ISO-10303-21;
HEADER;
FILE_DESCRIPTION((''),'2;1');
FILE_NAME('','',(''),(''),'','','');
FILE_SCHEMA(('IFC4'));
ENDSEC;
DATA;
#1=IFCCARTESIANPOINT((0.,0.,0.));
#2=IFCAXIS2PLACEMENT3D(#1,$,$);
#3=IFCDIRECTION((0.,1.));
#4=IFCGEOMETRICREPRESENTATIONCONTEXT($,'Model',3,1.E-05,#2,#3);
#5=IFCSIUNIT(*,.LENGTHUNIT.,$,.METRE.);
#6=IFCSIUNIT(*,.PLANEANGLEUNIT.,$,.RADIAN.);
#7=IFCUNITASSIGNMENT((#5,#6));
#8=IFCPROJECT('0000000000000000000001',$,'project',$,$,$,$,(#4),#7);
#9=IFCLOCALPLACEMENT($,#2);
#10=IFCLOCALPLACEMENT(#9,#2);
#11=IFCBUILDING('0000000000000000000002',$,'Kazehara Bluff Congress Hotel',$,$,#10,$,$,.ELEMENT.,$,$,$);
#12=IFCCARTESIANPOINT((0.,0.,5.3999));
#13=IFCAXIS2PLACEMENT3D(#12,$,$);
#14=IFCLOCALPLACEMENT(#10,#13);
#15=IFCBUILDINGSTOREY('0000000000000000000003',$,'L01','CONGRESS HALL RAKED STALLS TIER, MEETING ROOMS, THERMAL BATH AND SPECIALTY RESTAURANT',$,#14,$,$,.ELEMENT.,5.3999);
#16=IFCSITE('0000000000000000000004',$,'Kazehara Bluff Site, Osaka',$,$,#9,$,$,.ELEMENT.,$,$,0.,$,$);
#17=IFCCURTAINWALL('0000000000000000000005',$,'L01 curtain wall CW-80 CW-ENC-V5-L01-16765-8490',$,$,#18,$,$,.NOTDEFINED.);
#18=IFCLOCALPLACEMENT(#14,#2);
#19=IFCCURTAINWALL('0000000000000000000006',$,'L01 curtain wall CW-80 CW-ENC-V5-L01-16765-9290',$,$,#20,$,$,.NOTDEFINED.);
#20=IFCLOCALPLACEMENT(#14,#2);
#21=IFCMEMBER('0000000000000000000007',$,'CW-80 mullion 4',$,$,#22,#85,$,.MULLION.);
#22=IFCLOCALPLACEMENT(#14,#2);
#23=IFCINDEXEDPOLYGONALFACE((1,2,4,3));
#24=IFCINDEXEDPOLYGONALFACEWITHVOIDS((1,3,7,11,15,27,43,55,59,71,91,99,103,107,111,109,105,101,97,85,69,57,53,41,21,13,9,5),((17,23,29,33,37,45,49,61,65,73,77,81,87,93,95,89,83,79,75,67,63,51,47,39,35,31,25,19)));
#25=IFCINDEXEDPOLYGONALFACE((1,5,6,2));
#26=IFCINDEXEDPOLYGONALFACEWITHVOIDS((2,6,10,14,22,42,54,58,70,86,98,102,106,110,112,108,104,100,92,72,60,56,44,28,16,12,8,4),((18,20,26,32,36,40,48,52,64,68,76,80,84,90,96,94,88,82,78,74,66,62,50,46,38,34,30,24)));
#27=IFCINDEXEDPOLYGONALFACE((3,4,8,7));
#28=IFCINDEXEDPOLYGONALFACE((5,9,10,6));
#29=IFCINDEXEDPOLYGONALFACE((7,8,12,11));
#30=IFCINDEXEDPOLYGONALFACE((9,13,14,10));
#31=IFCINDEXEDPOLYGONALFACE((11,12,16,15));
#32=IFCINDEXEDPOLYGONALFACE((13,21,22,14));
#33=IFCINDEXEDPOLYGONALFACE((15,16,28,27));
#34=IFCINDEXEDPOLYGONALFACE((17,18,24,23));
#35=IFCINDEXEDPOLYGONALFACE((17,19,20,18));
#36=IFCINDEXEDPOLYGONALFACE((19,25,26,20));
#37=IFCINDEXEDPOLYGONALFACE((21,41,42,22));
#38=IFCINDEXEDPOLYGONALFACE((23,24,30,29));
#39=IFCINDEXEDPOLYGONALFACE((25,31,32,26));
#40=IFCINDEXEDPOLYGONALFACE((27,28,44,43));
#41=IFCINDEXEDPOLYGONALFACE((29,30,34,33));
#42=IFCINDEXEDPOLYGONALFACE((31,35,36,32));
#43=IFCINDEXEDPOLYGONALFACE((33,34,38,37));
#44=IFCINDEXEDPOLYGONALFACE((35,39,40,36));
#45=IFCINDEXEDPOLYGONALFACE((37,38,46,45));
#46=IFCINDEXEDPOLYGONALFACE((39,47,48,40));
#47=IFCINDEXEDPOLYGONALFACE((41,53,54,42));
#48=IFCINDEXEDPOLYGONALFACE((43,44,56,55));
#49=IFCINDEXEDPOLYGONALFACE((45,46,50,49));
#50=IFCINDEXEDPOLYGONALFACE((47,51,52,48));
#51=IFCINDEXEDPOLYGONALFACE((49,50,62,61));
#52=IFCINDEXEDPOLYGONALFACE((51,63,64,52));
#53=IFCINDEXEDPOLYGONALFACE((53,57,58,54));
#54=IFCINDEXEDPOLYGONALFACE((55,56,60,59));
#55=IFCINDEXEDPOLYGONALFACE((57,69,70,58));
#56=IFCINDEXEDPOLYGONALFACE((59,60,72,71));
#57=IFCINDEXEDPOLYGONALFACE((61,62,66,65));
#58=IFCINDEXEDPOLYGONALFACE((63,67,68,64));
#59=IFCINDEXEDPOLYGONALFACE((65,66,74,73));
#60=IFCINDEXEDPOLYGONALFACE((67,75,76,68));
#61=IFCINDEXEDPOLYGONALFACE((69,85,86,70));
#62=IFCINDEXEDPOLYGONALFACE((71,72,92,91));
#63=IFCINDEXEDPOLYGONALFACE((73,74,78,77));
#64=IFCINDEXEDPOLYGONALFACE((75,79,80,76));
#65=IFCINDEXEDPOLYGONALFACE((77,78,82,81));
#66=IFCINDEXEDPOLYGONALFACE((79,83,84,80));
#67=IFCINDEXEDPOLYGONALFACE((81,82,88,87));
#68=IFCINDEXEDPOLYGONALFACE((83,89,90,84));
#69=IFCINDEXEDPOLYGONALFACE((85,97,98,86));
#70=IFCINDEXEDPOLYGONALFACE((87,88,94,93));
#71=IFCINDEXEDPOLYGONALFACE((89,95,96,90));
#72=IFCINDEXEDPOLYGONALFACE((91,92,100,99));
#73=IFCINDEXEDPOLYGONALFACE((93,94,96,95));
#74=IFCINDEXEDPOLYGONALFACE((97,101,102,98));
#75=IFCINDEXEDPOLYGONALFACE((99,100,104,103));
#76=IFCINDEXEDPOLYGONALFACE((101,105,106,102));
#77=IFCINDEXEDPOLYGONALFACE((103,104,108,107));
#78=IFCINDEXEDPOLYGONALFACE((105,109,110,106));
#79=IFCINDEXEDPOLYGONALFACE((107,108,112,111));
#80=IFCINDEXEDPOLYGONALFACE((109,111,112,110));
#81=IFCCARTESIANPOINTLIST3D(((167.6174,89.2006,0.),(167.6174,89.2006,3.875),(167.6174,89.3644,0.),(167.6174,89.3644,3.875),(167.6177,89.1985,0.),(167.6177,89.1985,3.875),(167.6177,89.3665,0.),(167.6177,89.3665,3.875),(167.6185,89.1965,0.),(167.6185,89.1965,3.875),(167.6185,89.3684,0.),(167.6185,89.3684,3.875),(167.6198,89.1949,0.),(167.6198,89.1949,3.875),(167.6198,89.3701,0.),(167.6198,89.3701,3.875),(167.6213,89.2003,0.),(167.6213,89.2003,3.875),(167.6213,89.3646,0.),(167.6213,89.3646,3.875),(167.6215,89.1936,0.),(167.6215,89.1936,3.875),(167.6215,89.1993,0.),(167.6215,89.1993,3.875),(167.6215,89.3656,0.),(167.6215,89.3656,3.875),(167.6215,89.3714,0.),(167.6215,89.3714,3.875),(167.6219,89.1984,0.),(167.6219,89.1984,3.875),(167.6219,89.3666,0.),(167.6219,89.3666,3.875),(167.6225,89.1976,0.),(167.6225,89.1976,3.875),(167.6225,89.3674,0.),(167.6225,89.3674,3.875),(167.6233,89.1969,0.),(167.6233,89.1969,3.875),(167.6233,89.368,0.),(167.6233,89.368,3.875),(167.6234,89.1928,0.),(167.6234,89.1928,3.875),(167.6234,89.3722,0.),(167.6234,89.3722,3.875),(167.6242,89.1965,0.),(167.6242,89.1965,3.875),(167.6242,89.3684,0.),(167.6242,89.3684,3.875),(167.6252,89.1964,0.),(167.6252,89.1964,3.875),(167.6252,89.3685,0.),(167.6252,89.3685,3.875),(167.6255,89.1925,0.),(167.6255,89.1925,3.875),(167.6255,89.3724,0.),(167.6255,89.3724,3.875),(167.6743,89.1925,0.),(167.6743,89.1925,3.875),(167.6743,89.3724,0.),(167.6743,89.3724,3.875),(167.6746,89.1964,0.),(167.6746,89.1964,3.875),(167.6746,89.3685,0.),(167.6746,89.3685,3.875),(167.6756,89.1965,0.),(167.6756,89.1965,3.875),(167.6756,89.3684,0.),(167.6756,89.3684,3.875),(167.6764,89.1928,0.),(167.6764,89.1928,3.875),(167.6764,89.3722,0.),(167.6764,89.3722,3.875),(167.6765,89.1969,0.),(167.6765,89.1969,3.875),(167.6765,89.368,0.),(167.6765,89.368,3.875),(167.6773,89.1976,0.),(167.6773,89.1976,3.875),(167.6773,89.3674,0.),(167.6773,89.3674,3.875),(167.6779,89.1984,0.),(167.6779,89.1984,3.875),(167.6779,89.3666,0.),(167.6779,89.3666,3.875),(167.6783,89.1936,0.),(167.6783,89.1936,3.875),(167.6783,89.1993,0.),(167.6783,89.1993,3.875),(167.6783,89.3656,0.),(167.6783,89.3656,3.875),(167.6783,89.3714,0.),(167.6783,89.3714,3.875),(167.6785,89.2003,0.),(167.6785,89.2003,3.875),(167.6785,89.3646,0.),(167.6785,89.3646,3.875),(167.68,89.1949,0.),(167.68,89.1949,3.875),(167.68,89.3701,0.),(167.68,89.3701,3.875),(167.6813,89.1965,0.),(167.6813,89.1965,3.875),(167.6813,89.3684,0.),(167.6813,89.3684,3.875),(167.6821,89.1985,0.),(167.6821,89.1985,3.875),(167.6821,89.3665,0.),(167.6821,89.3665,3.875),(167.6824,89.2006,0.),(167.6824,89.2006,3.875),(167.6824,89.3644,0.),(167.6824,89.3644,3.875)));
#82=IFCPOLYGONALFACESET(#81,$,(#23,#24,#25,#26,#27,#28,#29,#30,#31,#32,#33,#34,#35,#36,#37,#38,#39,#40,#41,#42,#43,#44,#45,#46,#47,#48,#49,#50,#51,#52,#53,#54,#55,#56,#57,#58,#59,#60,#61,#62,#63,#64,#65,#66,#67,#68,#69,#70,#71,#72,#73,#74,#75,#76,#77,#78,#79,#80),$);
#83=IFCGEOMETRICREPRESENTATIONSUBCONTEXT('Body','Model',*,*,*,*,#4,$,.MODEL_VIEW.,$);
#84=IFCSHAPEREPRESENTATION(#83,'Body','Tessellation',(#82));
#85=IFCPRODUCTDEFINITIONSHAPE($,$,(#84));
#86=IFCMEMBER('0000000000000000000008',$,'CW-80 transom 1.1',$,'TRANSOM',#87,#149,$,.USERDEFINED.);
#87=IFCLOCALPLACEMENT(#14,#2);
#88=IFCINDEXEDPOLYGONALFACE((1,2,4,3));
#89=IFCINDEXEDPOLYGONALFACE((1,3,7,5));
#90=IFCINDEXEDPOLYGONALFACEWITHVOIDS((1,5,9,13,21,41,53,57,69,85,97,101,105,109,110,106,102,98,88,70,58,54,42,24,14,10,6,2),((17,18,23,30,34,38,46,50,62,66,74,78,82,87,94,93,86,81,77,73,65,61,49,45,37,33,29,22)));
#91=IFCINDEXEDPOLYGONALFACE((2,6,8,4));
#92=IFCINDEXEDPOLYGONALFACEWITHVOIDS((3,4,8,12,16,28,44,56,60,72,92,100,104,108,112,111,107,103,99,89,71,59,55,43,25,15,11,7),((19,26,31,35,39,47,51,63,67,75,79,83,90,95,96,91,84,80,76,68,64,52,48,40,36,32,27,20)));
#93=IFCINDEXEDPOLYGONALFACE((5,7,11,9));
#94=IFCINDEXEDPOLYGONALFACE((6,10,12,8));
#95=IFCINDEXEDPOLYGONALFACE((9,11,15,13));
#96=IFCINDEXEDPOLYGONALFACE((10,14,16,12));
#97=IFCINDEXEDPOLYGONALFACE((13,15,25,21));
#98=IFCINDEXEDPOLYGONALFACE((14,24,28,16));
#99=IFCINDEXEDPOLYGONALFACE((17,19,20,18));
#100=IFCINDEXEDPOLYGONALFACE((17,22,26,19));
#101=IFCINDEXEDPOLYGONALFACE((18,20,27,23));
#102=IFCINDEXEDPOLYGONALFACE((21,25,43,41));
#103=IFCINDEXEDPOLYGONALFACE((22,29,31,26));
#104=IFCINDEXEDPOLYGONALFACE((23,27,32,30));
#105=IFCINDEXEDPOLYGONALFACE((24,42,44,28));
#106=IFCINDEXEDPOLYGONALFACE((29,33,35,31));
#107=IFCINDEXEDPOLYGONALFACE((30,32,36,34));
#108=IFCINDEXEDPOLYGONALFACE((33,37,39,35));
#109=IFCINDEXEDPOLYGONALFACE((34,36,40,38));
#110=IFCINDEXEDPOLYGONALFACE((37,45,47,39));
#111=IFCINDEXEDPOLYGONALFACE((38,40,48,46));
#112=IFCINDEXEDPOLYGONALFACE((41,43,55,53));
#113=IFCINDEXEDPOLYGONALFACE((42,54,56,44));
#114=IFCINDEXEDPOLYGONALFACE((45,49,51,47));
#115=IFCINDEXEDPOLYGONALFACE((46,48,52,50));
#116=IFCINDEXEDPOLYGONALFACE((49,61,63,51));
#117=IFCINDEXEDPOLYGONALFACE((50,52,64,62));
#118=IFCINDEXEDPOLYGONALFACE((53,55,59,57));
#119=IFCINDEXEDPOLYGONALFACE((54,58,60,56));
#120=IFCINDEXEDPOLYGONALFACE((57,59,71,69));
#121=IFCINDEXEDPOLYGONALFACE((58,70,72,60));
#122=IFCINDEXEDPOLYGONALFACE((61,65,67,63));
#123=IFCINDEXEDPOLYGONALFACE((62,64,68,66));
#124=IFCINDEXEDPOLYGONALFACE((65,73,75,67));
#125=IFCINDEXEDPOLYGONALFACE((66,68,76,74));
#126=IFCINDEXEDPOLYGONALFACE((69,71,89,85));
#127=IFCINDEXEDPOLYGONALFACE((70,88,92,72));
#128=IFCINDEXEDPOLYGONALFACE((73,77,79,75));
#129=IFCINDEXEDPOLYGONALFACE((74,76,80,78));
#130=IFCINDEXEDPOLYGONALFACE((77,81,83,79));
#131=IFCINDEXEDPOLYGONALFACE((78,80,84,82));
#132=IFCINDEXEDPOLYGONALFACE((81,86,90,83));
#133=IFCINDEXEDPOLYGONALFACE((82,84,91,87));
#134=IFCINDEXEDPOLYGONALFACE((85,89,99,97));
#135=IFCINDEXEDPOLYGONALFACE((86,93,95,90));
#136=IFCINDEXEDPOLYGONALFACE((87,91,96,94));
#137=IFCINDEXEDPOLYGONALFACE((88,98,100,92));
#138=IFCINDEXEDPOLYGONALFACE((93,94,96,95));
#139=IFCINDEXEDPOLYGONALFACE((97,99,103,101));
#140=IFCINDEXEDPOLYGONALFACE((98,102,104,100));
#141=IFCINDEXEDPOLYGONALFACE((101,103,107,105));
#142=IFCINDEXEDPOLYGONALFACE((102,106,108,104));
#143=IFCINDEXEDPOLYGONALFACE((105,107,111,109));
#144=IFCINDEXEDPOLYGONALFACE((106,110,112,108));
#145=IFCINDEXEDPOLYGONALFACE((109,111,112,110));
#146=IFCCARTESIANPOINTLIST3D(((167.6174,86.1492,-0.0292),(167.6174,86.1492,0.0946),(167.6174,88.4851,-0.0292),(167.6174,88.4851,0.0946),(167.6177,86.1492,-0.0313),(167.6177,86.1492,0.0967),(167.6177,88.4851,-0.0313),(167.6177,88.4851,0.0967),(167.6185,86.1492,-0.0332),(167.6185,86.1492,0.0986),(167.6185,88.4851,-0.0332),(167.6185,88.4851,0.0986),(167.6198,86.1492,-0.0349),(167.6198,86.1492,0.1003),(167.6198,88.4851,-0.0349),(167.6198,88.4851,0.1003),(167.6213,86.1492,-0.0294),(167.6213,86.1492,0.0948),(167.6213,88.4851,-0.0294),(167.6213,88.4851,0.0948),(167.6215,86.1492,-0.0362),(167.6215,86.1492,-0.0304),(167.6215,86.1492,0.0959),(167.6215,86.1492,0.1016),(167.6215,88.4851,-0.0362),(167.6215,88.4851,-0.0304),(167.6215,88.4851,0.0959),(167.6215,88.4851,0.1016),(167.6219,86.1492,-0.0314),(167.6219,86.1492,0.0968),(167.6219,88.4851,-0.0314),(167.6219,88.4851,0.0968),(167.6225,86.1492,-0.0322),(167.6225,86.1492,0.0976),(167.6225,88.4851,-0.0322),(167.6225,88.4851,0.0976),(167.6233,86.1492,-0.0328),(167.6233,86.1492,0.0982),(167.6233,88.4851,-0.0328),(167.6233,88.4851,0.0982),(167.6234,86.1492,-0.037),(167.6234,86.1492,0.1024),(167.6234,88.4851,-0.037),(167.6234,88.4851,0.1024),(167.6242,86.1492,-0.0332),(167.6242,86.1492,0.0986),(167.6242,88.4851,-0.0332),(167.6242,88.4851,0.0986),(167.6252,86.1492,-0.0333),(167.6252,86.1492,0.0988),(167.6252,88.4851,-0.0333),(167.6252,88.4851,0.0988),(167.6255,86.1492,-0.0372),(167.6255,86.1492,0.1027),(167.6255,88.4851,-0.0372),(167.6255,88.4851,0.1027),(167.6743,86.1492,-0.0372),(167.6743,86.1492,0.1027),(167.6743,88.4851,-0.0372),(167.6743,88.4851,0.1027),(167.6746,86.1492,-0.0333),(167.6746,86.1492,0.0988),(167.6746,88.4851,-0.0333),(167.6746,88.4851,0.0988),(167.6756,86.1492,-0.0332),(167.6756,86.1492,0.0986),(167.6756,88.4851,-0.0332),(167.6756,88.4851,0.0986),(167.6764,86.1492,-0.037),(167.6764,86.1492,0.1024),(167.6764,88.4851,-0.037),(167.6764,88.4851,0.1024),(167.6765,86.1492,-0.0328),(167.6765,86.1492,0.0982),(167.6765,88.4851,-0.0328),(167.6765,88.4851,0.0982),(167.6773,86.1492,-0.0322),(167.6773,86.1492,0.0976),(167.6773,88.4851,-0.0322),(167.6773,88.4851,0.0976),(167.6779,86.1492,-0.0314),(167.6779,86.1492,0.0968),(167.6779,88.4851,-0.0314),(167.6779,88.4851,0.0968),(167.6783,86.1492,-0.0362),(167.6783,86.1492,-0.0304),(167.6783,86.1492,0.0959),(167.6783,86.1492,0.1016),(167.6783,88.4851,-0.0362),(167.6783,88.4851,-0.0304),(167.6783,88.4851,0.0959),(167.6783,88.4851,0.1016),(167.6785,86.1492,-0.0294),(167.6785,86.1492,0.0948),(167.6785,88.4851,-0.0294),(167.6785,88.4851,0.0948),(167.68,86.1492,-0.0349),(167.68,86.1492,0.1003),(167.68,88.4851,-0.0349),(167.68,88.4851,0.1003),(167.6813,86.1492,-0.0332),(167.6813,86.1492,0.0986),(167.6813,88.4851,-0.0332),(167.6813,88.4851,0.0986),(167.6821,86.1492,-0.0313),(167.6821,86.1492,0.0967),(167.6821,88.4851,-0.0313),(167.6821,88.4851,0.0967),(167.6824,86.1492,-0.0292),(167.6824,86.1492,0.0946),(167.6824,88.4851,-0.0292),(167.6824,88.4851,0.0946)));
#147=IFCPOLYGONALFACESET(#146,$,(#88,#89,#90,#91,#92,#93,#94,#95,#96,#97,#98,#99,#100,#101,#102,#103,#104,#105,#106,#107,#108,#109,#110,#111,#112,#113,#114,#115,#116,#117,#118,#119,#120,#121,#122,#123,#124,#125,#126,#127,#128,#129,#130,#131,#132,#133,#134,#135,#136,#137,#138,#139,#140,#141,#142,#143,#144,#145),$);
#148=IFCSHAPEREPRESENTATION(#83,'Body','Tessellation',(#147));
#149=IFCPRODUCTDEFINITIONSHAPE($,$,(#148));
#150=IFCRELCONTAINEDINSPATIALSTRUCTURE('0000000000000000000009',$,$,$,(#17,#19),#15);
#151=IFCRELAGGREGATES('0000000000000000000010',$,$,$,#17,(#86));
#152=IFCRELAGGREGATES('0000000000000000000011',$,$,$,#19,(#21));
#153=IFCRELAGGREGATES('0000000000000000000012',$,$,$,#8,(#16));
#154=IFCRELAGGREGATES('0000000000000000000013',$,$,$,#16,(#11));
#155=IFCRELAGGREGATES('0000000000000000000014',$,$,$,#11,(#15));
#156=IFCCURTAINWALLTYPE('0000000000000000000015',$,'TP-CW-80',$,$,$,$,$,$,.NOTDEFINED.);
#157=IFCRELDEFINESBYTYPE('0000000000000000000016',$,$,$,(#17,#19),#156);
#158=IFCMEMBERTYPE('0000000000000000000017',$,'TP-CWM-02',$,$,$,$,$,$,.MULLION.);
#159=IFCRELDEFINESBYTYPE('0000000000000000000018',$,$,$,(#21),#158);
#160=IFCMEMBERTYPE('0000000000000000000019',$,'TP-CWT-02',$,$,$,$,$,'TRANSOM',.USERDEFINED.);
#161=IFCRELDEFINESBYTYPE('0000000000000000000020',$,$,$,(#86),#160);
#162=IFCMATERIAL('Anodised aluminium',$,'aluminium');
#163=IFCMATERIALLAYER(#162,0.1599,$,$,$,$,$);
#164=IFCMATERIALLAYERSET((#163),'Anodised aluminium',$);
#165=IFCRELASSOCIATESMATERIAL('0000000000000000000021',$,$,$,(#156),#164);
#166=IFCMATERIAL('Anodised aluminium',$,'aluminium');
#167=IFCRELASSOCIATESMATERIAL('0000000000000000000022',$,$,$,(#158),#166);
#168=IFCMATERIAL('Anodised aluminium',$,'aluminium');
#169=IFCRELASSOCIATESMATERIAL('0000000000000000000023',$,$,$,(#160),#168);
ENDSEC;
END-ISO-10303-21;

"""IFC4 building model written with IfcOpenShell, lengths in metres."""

from ifc_helpers import new_model, si_unit, direction, frame, origin, origin_2d, place, context, subcontext, project, spatial, hollow_rectangle, extrude, material, layer, layer_set, material_profile, profile_set, type_object, element, aggregate, save


model = new_model("IFC4")

# Units and contexts
model_context = context("Model", 3, precision=1e-05, world=origin(), true_north=direction((0.0, 1.0)))
body_context = subcontext(model_context, "Body", "Model", "MODEL_VIEW")
ifc_project = project(units=[si_unit("LENGTHUNIT", "METRE"), si_unit("PLANEANGLEUNIT", "RADIAN")], contexts=[model_context])

# Site, building, storey
site_placement = place(None, origin())
site = spatial("IfcSite", under=ifc_project, at=site_placement, Name="Kazehara Bluff Site, Osaka", CompositionType="ELEMENT", RefElevation=0.0)
building_placement = place(site_placement, origin())
building = spatial("IfcBuilding", under=site, at=building_placement, Name="Kazehara Bluff Congress Hotel", CompositionType="ELEMENT")
storey_placement = place(building_placement, frame((0.0, 0.0, 5.3999)))
storey = spatial("IfcBuildingStorey", under=building, at=storey_placement, Name="L01", Description="CONGRESS HALL RAKED STALLS TIER, MEETING ROOMS, THERMAL BATH AND SPECIALTY RESTAURANT", CompositionType="ELEMENT", Elevation=5.3999)

# Curtain wall
ifc_material_1 = material(Name="Anodised aluminium", Category="aluminium")
ifc_layer_1 = layer(ifc_material_1, 0.1599)
ifc_layer_set_1 = layer_set([ifc_layer_1], Name="Anodised aluminium")
curtain_wall_type = type_object("IfcCurtainWallType", Name="TP-CW-80", PredefinedType="NOTDEFINED", material=ifc_layer_set_1)
curtain_wall_1_placement = place(storey_placement, origin())
curtain_wall_1 = element("IfcCurtainWall", 1, at=curtain_wall_1_placement, inside=storey, type_object=curtain_wall_type, Name="L01 curtain wall CW-80 CW-ENC-V5-L01-16765-8490", PredefinedType="NOTDEFINED")
ifc_material_2 = material(Name="Anodised aluminium", Category="aluminium")
ifc_material_profile_1 = material_profile(ifc_material_2, hollow_rectangle(XDim=0.0649, YDim=0.1799, WallThickness=0.0039, InnerFilletRadius=0.0039, OuterFilletRadius=0.0081, at=origin_2d()))
ifc_profile_set_1 = profile_set([ifc_material_profile_1], Name="Anodised aluminium")
member_type_1 = type_object("IfcMemberType", Name="TP-CWM-02", PredefinedType="MULLION", material=ifc_profile_set_1)

# Curtain wall, member
curtain_wall_2_placement = place(storey_placement, origin())
curtain_wall_2 = element("IfcCurtainWall", 2, at=curtain_wall_2_placement, inside=storey, type_object=curtain_wall_type, Name="L01 curtain wall CW-80 CW-ENC-V5-L01-16765-9290", PredefinedType="NOTDEFINED")
member_1_placement = place(storey_placement, frame((167.6499, 89.2825, 0.0), z_axis=(0.0, 0.0, 1.0), x_axis=(1.0, 0.0, 0.0)))
member_1 = element("IfcMember", 3, at=member_1_placement, type_object=member_type_1, Name="CW-80 mullion 4", PredefinedType="MULLION", context=body_context, shape_type="SweptSolid", body=[
    extrude(hollow_rectangle(XDim=0.0649, YDim=0.1799, WallThickness=0.0039, InnerFilletRadius=0.0039, OuterFilletRadius=0.0081, at=origin_2d()), origin(), (0.0, 0.0, 1.0), 3.875),
])

# Member
ifc_material_3 = material(Name="Anodised aluminium", Category="aluminium")
ifc_material_profile_2 = material_profile(ifc_material_3, hollow_rectangle(XDim=0.0649, YDim=0.1399, WallThickness=0.0039, InnerFilletRadius=0.0039, OuterFilletRadius=0.0081, at=origin_2d()))
ifc_profile_set_2 = profile_set([ifc_material_profile_2], Name="Anodised aluminium")
member_type_2 = type_object("IfcMemberType", Name="TP-CWT-02", ElementType="TRANSOM", PredefinedType="USERDEFINED", material=ifc_profile_set_2)
member_2_placement = place(storey_placement, frame((167.6499, 88.4851, 0.0327), z_axis=(0.0, -1.0, 0.0), x_axis=(1.0, 0.0, 0.0)))
member_2 = element("IfcMember", 4, at=member_2_placement, type_object=member_type_2, Name="CW-80 transom 1.1", ObjectType="TRANSOM", PredefinedType="USERDEFINED", context=body_context, shape_type="SweptSolid", body=[
    extrude(hollow_rectangle(XDim=0.0649, YDim=0.1399, WallThickness=0.0039, InnerFilletRadius=0.0039, OuterFilletRadius=0.0081, at=origin_2d()), origin(), (0.0, 0.0, 1.0), 2.3359),
])

aggregate(curtain_wall_1, [member_2])
aggregate(curtain_wall_2, [member_1])

save(model, "model.ifc")
